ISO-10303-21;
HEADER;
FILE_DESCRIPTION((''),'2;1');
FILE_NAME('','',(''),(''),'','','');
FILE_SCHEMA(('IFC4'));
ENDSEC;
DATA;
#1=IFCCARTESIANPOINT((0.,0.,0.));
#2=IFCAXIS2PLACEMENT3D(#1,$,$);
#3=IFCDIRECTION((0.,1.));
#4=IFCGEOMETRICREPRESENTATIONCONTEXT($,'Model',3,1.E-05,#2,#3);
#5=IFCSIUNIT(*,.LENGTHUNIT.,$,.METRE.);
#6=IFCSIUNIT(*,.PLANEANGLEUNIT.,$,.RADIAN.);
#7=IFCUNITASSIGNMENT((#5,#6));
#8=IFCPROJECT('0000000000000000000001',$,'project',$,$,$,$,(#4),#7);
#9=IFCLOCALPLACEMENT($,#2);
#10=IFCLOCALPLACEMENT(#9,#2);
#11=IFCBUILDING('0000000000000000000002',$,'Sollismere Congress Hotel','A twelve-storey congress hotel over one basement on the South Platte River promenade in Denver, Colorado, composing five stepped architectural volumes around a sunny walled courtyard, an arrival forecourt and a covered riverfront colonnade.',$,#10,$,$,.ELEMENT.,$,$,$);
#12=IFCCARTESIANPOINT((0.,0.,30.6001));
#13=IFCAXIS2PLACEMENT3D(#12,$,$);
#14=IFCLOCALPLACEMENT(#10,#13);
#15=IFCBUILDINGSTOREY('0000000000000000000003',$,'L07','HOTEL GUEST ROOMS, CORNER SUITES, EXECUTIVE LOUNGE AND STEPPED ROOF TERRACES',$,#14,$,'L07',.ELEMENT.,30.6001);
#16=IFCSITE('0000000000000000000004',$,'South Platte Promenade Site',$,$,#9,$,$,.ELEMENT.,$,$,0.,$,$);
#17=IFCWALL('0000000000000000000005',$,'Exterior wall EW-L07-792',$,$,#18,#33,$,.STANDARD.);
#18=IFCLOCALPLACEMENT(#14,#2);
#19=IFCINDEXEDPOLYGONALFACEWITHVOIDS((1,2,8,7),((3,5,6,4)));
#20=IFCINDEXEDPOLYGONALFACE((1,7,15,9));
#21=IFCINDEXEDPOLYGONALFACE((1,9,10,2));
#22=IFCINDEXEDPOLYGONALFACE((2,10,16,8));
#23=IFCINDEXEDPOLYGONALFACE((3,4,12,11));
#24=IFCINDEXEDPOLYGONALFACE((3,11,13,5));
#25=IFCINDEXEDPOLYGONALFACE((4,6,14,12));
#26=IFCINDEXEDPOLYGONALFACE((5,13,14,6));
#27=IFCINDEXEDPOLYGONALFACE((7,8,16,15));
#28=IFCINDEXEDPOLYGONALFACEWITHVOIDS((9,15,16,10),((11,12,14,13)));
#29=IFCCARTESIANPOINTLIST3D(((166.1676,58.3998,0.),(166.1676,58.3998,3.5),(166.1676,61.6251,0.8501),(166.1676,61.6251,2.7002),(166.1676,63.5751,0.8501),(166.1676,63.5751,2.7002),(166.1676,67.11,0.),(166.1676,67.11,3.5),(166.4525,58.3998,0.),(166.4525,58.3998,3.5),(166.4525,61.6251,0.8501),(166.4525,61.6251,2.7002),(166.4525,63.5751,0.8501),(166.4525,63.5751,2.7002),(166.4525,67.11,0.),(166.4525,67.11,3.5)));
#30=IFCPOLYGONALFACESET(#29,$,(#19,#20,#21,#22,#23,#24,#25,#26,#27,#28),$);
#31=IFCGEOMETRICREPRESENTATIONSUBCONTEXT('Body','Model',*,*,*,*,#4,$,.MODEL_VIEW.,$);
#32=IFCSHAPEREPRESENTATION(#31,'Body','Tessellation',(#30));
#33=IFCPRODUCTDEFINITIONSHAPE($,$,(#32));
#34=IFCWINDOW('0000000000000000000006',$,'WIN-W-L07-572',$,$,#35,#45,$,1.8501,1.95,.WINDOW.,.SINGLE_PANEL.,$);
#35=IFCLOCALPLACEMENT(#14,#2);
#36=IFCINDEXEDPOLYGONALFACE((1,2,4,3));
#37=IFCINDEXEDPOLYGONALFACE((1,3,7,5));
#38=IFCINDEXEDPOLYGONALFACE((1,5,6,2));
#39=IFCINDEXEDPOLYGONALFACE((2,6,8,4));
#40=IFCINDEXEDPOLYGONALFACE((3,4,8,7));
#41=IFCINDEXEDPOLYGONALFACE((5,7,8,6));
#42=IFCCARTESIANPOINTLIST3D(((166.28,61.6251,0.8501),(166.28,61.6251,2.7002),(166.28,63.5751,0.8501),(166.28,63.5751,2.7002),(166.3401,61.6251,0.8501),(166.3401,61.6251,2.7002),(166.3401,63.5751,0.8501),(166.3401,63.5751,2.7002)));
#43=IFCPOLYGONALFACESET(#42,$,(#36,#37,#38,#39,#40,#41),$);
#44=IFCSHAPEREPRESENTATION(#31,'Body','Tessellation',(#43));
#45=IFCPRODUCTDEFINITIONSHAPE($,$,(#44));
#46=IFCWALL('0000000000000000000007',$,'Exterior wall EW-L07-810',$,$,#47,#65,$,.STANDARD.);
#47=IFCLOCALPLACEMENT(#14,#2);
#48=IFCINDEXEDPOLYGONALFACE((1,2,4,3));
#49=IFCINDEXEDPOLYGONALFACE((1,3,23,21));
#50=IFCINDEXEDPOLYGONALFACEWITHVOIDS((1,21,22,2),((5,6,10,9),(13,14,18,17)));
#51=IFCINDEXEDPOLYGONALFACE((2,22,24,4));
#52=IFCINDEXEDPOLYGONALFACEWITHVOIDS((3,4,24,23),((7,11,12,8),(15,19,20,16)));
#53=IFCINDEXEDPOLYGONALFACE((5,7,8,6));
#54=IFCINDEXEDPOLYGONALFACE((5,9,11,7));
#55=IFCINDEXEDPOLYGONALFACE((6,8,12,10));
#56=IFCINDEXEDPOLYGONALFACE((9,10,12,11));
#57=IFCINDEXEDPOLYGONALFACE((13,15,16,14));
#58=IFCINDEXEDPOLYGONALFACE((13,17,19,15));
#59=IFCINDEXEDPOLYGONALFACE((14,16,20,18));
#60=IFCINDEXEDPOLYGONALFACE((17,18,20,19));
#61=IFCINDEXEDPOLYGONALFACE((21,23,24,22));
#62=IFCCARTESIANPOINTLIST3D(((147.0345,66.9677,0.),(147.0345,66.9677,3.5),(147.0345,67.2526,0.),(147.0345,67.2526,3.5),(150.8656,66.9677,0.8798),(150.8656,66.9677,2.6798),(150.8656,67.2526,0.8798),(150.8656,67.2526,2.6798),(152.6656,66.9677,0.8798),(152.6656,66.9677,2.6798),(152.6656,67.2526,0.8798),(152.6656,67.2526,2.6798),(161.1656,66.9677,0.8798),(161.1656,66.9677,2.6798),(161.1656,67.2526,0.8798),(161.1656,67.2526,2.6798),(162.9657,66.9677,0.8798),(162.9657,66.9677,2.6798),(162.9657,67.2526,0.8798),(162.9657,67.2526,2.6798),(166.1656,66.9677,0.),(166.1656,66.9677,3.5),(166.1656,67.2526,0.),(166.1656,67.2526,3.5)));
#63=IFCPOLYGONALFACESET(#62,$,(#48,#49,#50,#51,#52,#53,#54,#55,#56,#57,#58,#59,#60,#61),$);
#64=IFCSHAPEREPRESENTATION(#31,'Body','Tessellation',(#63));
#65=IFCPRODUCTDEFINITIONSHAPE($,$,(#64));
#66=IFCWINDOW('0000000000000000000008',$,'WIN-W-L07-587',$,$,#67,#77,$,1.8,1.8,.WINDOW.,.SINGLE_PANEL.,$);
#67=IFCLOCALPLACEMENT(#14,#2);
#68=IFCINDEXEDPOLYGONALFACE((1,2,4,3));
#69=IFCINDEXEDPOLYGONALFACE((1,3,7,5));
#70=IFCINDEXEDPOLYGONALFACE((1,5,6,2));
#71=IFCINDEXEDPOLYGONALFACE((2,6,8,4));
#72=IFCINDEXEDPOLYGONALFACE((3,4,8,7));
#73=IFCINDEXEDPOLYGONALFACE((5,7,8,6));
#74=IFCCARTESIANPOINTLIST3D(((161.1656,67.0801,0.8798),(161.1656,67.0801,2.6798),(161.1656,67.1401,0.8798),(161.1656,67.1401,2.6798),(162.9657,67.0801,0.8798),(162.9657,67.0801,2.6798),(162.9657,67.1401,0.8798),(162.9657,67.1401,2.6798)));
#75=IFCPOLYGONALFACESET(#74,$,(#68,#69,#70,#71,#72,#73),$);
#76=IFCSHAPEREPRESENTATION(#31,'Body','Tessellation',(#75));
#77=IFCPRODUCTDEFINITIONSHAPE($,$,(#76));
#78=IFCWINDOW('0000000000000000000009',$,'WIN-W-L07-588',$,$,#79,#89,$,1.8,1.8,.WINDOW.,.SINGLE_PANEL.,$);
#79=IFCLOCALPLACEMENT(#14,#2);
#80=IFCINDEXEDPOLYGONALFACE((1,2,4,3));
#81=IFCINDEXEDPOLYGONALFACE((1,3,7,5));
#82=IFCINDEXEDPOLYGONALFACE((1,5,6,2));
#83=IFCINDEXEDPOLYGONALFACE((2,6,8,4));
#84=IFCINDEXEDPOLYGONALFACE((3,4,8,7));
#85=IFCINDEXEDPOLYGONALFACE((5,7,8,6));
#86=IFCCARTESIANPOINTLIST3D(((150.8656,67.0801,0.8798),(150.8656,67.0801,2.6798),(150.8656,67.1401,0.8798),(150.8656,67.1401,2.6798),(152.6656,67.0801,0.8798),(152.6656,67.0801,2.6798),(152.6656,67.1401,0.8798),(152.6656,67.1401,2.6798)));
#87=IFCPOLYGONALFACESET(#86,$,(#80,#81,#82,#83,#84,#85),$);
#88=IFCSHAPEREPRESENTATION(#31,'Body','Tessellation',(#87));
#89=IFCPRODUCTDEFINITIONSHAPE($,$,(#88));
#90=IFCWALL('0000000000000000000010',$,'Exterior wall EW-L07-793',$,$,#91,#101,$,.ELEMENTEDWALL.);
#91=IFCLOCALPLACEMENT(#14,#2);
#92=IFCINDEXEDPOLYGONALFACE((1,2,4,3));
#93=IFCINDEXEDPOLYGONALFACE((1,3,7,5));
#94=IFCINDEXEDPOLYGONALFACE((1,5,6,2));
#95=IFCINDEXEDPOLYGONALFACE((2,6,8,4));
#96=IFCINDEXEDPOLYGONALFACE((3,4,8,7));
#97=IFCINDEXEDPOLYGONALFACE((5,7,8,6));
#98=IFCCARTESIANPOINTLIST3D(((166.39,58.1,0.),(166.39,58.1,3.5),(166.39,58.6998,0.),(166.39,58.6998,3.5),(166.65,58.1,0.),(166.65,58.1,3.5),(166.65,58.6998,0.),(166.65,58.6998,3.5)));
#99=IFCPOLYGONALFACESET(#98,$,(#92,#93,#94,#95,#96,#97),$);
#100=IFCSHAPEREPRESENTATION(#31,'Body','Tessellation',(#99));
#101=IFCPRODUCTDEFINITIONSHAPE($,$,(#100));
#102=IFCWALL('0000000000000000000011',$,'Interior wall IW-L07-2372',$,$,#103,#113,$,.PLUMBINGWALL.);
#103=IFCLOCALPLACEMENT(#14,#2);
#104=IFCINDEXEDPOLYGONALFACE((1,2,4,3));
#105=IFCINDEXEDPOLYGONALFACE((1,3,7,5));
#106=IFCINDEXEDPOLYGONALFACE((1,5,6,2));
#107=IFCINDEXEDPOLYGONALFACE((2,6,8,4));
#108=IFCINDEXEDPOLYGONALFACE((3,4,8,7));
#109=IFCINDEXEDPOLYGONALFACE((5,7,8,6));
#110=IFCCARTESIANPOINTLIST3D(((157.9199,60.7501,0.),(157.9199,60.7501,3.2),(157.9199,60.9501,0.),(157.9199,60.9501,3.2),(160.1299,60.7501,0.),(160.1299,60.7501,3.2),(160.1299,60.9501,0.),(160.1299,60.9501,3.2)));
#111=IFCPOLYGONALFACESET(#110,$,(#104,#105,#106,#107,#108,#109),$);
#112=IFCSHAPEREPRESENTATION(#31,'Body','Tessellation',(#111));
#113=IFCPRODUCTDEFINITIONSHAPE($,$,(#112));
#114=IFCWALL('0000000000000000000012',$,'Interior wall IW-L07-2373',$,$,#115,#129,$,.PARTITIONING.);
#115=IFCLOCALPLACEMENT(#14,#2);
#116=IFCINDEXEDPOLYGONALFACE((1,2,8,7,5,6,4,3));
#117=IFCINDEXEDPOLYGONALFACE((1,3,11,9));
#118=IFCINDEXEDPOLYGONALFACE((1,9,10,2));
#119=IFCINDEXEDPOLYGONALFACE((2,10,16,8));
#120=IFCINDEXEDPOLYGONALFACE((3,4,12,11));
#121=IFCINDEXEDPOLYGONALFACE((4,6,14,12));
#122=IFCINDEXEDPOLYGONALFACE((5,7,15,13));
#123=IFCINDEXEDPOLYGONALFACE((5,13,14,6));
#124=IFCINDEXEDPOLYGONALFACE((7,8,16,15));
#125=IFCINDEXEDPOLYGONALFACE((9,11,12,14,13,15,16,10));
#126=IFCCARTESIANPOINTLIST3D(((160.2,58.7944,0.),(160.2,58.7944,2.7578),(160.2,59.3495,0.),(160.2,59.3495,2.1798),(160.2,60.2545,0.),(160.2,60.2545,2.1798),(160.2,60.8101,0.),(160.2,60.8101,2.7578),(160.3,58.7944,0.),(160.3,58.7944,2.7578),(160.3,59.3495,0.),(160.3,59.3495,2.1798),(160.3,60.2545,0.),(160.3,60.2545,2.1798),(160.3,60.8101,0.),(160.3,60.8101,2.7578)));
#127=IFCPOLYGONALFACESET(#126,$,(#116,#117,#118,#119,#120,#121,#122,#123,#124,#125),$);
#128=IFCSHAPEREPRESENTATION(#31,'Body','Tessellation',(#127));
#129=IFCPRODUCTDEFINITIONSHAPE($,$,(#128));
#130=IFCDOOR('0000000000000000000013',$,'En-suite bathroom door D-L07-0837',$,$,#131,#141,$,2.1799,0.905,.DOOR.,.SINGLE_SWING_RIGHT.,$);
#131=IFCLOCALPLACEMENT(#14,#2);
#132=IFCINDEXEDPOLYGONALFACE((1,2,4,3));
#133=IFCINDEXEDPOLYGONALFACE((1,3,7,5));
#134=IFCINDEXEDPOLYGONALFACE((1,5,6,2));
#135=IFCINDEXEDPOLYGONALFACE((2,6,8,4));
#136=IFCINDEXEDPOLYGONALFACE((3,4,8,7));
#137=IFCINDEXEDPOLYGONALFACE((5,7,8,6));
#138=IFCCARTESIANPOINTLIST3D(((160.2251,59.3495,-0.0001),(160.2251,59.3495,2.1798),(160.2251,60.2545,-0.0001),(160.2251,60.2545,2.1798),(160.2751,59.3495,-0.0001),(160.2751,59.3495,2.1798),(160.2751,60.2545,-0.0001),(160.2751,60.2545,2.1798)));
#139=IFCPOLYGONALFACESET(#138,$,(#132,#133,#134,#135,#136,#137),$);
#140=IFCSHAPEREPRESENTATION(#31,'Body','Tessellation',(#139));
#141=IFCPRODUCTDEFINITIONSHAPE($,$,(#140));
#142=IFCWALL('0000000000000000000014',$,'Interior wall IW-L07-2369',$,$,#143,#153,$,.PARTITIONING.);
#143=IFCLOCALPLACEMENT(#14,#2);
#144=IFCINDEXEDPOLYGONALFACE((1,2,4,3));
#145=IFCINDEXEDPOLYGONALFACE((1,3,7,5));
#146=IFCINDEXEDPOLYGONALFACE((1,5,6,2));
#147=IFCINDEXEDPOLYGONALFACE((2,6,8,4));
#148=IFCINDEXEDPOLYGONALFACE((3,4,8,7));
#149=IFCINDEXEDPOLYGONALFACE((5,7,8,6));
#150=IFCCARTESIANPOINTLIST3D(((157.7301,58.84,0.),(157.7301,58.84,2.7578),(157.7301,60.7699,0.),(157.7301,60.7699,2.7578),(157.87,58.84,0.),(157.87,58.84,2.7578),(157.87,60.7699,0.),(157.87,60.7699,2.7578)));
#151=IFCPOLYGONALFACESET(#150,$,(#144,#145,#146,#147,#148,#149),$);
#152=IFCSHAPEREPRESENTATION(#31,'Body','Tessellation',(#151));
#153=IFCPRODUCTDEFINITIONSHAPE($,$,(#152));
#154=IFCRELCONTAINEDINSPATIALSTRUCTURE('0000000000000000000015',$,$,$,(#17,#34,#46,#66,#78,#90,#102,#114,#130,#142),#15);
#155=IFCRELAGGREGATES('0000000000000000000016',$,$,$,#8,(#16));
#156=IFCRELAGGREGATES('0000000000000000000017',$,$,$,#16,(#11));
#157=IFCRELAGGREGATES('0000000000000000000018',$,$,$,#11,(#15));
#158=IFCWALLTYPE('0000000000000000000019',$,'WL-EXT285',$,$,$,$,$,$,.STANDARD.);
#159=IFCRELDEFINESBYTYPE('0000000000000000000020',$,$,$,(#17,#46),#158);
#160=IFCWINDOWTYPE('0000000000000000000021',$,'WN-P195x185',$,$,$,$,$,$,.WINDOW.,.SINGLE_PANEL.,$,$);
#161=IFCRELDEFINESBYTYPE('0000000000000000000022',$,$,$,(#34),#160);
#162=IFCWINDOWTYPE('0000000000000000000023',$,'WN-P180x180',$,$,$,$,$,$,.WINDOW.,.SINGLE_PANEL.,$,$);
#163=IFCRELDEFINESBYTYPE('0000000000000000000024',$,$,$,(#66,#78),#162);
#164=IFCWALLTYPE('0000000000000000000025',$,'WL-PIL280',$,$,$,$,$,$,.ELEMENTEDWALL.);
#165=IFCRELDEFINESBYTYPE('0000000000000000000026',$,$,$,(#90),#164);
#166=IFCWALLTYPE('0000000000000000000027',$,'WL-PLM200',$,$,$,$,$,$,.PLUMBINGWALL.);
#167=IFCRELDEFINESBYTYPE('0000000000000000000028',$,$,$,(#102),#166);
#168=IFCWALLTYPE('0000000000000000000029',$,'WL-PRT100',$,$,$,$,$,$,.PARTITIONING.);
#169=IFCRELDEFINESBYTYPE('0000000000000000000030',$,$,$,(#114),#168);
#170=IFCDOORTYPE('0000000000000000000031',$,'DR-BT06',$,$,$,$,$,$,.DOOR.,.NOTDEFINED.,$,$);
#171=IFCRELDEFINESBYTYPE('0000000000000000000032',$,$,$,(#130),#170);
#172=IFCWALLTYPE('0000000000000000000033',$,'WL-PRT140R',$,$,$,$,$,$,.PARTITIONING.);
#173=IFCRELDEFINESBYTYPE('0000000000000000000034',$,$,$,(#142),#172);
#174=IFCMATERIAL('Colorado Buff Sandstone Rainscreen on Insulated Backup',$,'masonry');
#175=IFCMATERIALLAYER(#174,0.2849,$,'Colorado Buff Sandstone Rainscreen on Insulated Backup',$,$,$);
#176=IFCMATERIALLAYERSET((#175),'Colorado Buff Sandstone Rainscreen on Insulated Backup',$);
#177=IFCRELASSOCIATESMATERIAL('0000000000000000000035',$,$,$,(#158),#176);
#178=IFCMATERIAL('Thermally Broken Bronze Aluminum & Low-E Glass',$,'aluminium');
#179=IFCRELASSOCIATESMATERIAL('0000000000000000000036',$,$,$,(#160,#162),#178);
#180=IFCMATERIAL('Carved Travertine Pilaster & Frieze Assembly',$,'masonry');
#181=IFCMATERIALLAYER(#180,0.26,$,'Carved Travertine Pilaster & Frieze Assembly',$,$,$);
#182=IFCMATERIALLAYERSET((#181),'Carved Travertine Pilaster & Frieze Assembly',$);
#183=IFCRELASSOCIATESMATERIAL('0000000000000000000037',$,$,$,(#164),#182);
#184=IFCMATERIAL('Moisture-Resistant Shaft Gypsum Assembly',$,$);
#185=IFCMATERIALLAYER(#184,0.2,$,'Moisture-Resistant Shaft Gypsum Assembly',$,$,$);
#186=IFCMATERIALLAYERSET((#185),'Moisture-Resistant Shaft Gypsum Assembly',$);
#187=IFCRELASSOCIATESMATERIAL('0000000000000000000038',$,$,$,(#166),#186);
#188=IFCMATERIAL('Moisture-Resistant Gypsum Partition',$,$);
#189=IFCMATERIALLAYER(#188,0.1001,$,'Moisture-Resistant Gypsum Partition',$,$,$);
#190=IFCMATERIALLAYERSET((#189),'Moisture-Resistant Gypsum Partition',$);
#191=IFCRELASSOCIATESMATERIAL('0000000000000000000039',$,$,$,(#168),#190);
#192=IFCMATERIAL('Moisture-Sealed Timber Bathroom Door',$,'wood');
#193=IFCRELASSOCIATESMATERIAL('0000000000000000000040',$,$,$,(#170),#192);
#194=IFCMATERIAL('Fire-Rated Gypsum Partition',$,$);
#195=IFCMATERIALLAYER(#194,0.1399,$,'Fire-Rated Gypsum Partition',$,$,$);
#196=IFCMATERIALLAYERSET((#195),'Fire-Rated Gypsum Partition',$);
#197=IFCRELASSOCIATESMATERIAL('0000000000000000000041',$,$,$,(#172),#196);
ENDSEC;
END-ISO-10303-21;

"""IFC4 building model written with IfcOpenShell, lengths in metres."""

from ifc_helpers import new_model, si_unit, direction, frame, frame_2d, origin, place, context, subcontext, project, spatial, rectangle, extrude, material, layer, layer_set, type_object, element, fill, save


model = new_model("IFC4")

# Units and contexts
model_context = context("Model", 3, precision=1e-05, world=origin(), true_north=direction((0.0, 1.0)))
body_context = subcontext(model_context, "Body", "Model", "MODEL_VIEW")
ifc_project = project(units=[si_unit("LENGTHUNIT", "METRE"), si_unit("PLANEANGLEUNIT", "RADIAN")], contexts=[model_context])

# Site, building, storey
site_placement = place(None, origin())
site = spatial("IfcSite", under=ifc_project, at=site_placement, Name="South Platte Promenade Site", CompositionType="ELEMENT", RefElevation=0.0)
building_placement = place(site_placement, origin())
building = spatial("IfcBuilding", under=site, at=building_placement, Name="Sollismere Congress Hotel", Description="A twelve-storey congress hotel over one basement on the South Platte River promenade in Denver, Colorado, composing five stepped architectural volumes around a sunny walled courtyard, an arrival forecourt and a covered riverfront colonnade.", CompositionType="ELEMENT")
storey_placement = place(building_placement, frame((0.0, 0.0, 30.6001)))
storey = spatial("IfcBuildingStorey", under=building, at=storey_placement, Name="L07", Description="HOTEL GUEST ROOMS, CORNER SUITES, EXECUTIVE LOUNGE AND STEPPED ROOF TERRACES", LongName="L07", CompositionType="ELEMENT", Elevation=30.6001)

# Wall, opening, window
ifc_material_1 = material(Name="Colorado Buff Sandstone Rainscreen on Insulated Backup", Category="masonry")
ifc_layer_1 = layer(ifc_material_1, 0.2849, Name="Colorado Buff Sandstone Rainscreen on Insulated Backup")
ifc_layer_set_1 = layer_set([ifc_layer_1], Name="Colorado Buff Sandstone Rainscreen on Insulated Backup")
wall_type_1 = type_object("IfcWallType", Name="WL-EXT285", PredefinedType="STANDARD", material=ifc_layer_set_1)
wall_1_placement = place(storey_placement, frame((166.3101, 58.3999, 0.0), z_axis=(0.0, 0.0, 1.0), x_axis=(0.0, 1.0, 0.0)))
wall_1 = element("IfcWall", 1, at=wall_1_placement, inside=storey, type_object=wall_type_1, Name="Exterior wall EW-L07-792", PredefinedType="STANDARD", context=body_context, shape_type="SweptSolid", body=[
    extrude(rectangle(XDim=8.7102, YDim=0.2849, at=frame_2d((4.355, 0.0))), origin(), (0.0, 0.0, 1.0), 3.5),
])
opening_1_placement = place(wall_1_placement, frame((3.2251, 0.0, 0.8501)))
opening_1 = element("IfcOpeningElement", 2, at=opening_1_placement, cuts=wall_1, PredefinedType="OPENING", context=body_context, shape_type="SweptSolid", body=[
    extrude(rectangle(XDim=1.95, YDim=1.8501, at=frame_2d((0.9751, 0.925))), frame((0.0, 0.1523, 0.0), z_axis=(0.0, -1.0, 0.0), x_axis=(1.0, 0.0, 0.0)), (0.0, 0.0, 1.0), 0.3049),
])
ifc_material_2 = material(Name="Thermally Broken Bronze Aluminum & Low-E Glass", Category="aluminium")
window_type_1 = type_object("IfcWindowType", Name="WN-P195x185", PartitioningType="SINGLE_PANEL", PredefinedType="WINDOW", material=ifc_material_2)
window_1_placement = place(opening_1_placement, origin())
window_1 = element("IfcWindow", 3, at=window_1_placement, inside=storey, type_object=window_type_1, Name="WIN-W-L07-572", OverallHeight=1.8501, OverallWidth=1.95, PartitioningType="SINGLE_PANEL", PredefinedType="WINDOW", context=body_context, shape_type="SweptSolid", body=[
    extrude(rectangle(XDim=1.95, YDim=1.8501, at=frame_2d((0.9751, 0.925))), frame((0.0, 0.03, 0.0), z_axis=(0.0, -1.0, 0.0), x_axis=(1.0, 0.0, 0.0)), (0.0, 0.0, 1.0), 0.0601),
])
fill(opening_1, window_1)

# Wall, openings, windows
wall_2_placement = place(storey_placement, frame((166.1655, 67.1101, 0.0), z_axis=(0.0, 0.0, 1.0), x_axis=(-1.0, 0.0, 0.0)))
wall_2 = element("IfcWall", 4, at=wall_2_placement, inside=storey, type_object=wall_type_1, Name="Exterior wall EW-L07-810", PredefinedType="STANDARD", context=body_context, shape_type="SweptSolid", body=[
    extrude(rectangle(XDim=19.1311, YDim=0.2849, at=frame_2d((9.5654, 0.0))), origin(), (0.0, 0.0, 1.0), 3.5),
])
opening_2_placement = place(wall_2_placement, frame((3.2, 0.0, 0.8799)))
opening_2 = element("IfcOpeningElement", 5, at=opening_2_placement, cuts=wall_2, PredefinedType="OPENING", context=body_context, shape_type="SweptSolid", body=[
    extrude(rectangle(XDim=1.8, YDim=1.8, at=frame_2d((0.8999, 0.8999))), frame((0.0, 0.1523, 0.0), z_axis=(0.0, -1.0, 0.0), x_axis=(1.0, 0.0, 0.0)), (0.0, 0.0, 1.0), 0.3049),
])
opening_3_placement = place(wall_2_placement, frame((13.5, 0.0, 0.8799)))
opening_3 = element("IfcOpeningElement", 6, at=opening_3_placement, cuts=wall_2, PredefinedType="OPENING", context=body_context, shape_type="SweptSolid", body=[
    extrude(rectangle(XDim=1.8, YDim=1.8, at=frame_2d((0.8999, 0.8999))), frame((0.0, 0.1523, 0.0), z_axis=(0.0, -1.0, 0.0), x_axis=(1.0, 0.0, 0.0)), (0.0, 0.0, 1.0), 0.3049),
])
window_type_2 = type_object("IfcWindowType", Name="WN-P180x180", PartitioningType="SINGLE_PANEL", PredefinedType="WINDOW", material=ifc_material_2)
window_2_placement = place(opening_2_placement, origin())
window_2 = element("IfcWindow", 7, at=window_2_placement, inside=storey, type_object=window_type_2, Name="WIN-W-L07-587", OverallHeight=1.8, OverallWidth=1.8, PartitioningType="SINGLE_PANEL", PredefinedType="WINDOW", context=body_context, shape_type="SweptSolid", body=[
    extrude(rectangle(XDim=1.8, YDim=1.8, at=frame_2d((0.8999, 0.8999))), frame((0.0, 0.03, 0.0), z_axis=(0.0, -1.0, 0.0), x_axis=(1.0, 0.0, 0.0)), (0.0, 0.0, 1.0), 0.0601),
])
fill(opening_2, window_2)
window_3_placement = place(opening_3_placement, origin())
window_3 = element("IfcWindow", 8, at=window_3_placement, inside=storey, type_object=window_type_2, Name="WIN-W-L07-588", OverallHeight=1.8, OverallWidth=1.8, PartitioningType="SINGLE_PANEL", PredefinedType="WINDOW", context=body_context, shape_type="SweptSolid", body=[
    extrude(rectangle(XDim=1.8, YDim=1.8, at=frame_2d((0.8999, 0.8999))), frame((0.0, 0.03, 0.0), z_axis=(0.0, -1.0, 0.0), x_axis=(1.0, 0.0, 0.0)), (0.0, 0.0, 1.0), 0.0601),
])
fill(opening_3, window_3)

# Walls
ifc_material_3 = material(Name="Carved Travertine Pilaster & Frieze Assembly", Category="masonry")
ifc_layer_2 = layer(ifc_material_3, 0.26, Name="Carved Travertine Pilaster & Frieze Assembly")
ifc_layer_set_2 = layer_set([ifc_layer_2], Name="Carved Travertine Pilaster & Frieze Assembly")
wall_type_2 = type_object("IfcWallType", Name="WL-PIL280", PredefinedType="ELEMENTEDWALL", material=ifc_layer_set_2)
wall_3_placement = place(storey_placement, frame((166.52, 58.1001, 0.0), z_axis=(0.0, 0.0, 1.0), x_axis=(0.0, 1.0, 0.0)))
element("IfcWall", 9, at=wall_3_placement, inside=storey, type_object=wall_type_2, Name="Exterior wall EW-L07-793", PredefinedType="ELEMENTEDWALL", context=body_context, shape_type="SweptSolid", body=[
    extrude(rectangle(XDim=0.5999, YDim=0.26, at=frame_2d((0.2998, 0.0))), origin(), (0.0, 0.0, 1.0), 3.5),
])
ifc_material_4 = material(Name="Moisture-Resistant Shaft Gypsum Assembly")
ifc_layer_3 = layer(ifc_material_4, 0.2, Name="Moisture-Resistant Shaft Gypsum Assembly")
ifc_layer_set_3 = layer_set([ifc_layer_3], Name="Moisture-Resistant Shaft Gypsum Assembly")
wall_type_3 = type_object("IfcWallType", Name="WL-PLM200", PredefinedType="PLUMBINGWALL", material=ifc_layer_set_3)
wall_4_placement = place(storey_placement, frame((157.9199, 60.8501, 0.0), z_axis=(0.0, 0.0, 1.0), x_axis=(1.0, 0.0, 0.0)))
element("IfcWall", 10, at=wall_4_placement, inside=storey, type_object=wall_type_3, Name="Interior wall IW-L07-2372", PredefinedType="PLUMBINGWALL", context=body_context, shape_type="SweptSolid", body=[
    extrude(rectangle(XDim=2.21, YDim=0.2, at=frame_2d((1.105, 0.0))), origin(), (0.0, 0.0, 1.0), 3.2),
])

# Wall, opening, door
ifc_material_5 = material(Name="Moisture-Resistant Gypsum Partition")
ifc_layer_4 = layer(ifc_material_5, 0.1001, Name="Moisture-Resistant Gypsum Partition")
ifc_layer_set_4 = layer_set([ifc_layer_4], Name="Moisture-Resistant Gypsum Partition")
wall_type_4 = type_object("IfcWallType", Name="WL-PRT100", PredefinedType="PARTITIONING", material=ifc_layer_set_4)
wall_5_placement = place(storey_placement, frame((160.25, 58.7944, 0.0), z_axis=(0.0, 0.0, 1.0), x_axis=(0.0, 1.0, 0.0)))
wall_5 = element("IfcWall", 11, at=wall_5_placement, inside=storey, type_object=wall_type_4, Name="Interior wall IW-L07-2373", PredefinedType="PARTITIONING", context=body_context, shape_type="SweptSolid", body=[
    extrude(rectangle(XDim=2.0156, YDim=0.1001, at=frame_2d((1.0078, 0.0))), origin(), (0.0, 0.0, 1.0), 2.7578),
])
opening_4_placement = place(wall_5_placement, frame((0.5549, 0.0, 0.0)))
opening_4 = element("IfcOpeningElement", 12, at=opening_4_placement, cuts=wall_5, PredefinedType="OPENING", context=body_context, shape_type="SweptSolid", body=[
    extrude(rectangle(XDim=0.905, YDim=2.1799, at=frame_2d((0.4526, 1.0898))), frame((0.0, 0.0601, 0.0), z_axis=(0.0, -1.0, 0.0), x_axis=(1.0, 0.0, 0.0)), (0.0, 0.0, 1.0), 0.1201),
])
ifc_material_6 = material(Name="Moisture-Sealed Timber Bathroom Door", Category="wood")
door_type_1 = type_object("IfcDoorType", Name="DR-BT06", OperationType="NOTDEFINED", PredefinedType="DOOR", material=ifc_material_6)
door_1_placement = place(opening_4_placement, origin())
door_1 = element("IfcDoor", 13, at=door_1_placement, inside=storey, type_object=door_type_1, Name="En-suite bathroom door D-L07-0837", OperationType="SINGLE_SWING_RIGHT", OverallHeight=2.1799, OverallWidth=0.905, PredefinedType="DOOR", context=body_context, shape_type="SweptSolid", body=[
    extrude(rectangle(XDim=0.905, YDim=2.1799, at=frame_2d((0.4526, 1.0898))), frame((0.0, 0.0249, 0.0), z_axis=(0.0, -1.0, 0.0), x_axis=(1.0, 0.0, 0.0)), (0.0, 0.0, 1.0), 0.05),
])
fill(opening_4, door_1)

# Wall
ifc_material_7 = material(Name="Fire-Rated Gypsum Partition")
ifc_layer_5 = layer(ifc_material_7, 0.1399, Name="Fire-Rated Gypsum Partition")
ifc_layer_set_5 = layer_set([ifc_layer_5], Name="Fire-Rated Gypsum Partition")
wall_type_5 = type_object("IfcWallType", Name="WL-PRT140R", PredefinedType="PARTITIONING", material=ifc_layer_set_5)
wall_6_placement = place(storey_placement, frame((157.8, 58.8401, 0.0), z_axis=(0.0, 0.0, 1.0), x_axis=(0.0, 1.0, 0.0)))
element("IfcWall", 14, at=wall_6_placement, inside=storey, type_object=wall_type_5, Name="Interior wall IW-L07-2369", PredefinedType="PARTITIONING", context=body_context, shape_type="SweptSolid", body=[
    extrude(rectangle(XDim=1.9299, YDim=0.1399, at=frame_2d((0.9648, 0.0))), origin(), (0.0, 0.0, 1.0), 2.7578),
])

save(model, "model.ifc")
